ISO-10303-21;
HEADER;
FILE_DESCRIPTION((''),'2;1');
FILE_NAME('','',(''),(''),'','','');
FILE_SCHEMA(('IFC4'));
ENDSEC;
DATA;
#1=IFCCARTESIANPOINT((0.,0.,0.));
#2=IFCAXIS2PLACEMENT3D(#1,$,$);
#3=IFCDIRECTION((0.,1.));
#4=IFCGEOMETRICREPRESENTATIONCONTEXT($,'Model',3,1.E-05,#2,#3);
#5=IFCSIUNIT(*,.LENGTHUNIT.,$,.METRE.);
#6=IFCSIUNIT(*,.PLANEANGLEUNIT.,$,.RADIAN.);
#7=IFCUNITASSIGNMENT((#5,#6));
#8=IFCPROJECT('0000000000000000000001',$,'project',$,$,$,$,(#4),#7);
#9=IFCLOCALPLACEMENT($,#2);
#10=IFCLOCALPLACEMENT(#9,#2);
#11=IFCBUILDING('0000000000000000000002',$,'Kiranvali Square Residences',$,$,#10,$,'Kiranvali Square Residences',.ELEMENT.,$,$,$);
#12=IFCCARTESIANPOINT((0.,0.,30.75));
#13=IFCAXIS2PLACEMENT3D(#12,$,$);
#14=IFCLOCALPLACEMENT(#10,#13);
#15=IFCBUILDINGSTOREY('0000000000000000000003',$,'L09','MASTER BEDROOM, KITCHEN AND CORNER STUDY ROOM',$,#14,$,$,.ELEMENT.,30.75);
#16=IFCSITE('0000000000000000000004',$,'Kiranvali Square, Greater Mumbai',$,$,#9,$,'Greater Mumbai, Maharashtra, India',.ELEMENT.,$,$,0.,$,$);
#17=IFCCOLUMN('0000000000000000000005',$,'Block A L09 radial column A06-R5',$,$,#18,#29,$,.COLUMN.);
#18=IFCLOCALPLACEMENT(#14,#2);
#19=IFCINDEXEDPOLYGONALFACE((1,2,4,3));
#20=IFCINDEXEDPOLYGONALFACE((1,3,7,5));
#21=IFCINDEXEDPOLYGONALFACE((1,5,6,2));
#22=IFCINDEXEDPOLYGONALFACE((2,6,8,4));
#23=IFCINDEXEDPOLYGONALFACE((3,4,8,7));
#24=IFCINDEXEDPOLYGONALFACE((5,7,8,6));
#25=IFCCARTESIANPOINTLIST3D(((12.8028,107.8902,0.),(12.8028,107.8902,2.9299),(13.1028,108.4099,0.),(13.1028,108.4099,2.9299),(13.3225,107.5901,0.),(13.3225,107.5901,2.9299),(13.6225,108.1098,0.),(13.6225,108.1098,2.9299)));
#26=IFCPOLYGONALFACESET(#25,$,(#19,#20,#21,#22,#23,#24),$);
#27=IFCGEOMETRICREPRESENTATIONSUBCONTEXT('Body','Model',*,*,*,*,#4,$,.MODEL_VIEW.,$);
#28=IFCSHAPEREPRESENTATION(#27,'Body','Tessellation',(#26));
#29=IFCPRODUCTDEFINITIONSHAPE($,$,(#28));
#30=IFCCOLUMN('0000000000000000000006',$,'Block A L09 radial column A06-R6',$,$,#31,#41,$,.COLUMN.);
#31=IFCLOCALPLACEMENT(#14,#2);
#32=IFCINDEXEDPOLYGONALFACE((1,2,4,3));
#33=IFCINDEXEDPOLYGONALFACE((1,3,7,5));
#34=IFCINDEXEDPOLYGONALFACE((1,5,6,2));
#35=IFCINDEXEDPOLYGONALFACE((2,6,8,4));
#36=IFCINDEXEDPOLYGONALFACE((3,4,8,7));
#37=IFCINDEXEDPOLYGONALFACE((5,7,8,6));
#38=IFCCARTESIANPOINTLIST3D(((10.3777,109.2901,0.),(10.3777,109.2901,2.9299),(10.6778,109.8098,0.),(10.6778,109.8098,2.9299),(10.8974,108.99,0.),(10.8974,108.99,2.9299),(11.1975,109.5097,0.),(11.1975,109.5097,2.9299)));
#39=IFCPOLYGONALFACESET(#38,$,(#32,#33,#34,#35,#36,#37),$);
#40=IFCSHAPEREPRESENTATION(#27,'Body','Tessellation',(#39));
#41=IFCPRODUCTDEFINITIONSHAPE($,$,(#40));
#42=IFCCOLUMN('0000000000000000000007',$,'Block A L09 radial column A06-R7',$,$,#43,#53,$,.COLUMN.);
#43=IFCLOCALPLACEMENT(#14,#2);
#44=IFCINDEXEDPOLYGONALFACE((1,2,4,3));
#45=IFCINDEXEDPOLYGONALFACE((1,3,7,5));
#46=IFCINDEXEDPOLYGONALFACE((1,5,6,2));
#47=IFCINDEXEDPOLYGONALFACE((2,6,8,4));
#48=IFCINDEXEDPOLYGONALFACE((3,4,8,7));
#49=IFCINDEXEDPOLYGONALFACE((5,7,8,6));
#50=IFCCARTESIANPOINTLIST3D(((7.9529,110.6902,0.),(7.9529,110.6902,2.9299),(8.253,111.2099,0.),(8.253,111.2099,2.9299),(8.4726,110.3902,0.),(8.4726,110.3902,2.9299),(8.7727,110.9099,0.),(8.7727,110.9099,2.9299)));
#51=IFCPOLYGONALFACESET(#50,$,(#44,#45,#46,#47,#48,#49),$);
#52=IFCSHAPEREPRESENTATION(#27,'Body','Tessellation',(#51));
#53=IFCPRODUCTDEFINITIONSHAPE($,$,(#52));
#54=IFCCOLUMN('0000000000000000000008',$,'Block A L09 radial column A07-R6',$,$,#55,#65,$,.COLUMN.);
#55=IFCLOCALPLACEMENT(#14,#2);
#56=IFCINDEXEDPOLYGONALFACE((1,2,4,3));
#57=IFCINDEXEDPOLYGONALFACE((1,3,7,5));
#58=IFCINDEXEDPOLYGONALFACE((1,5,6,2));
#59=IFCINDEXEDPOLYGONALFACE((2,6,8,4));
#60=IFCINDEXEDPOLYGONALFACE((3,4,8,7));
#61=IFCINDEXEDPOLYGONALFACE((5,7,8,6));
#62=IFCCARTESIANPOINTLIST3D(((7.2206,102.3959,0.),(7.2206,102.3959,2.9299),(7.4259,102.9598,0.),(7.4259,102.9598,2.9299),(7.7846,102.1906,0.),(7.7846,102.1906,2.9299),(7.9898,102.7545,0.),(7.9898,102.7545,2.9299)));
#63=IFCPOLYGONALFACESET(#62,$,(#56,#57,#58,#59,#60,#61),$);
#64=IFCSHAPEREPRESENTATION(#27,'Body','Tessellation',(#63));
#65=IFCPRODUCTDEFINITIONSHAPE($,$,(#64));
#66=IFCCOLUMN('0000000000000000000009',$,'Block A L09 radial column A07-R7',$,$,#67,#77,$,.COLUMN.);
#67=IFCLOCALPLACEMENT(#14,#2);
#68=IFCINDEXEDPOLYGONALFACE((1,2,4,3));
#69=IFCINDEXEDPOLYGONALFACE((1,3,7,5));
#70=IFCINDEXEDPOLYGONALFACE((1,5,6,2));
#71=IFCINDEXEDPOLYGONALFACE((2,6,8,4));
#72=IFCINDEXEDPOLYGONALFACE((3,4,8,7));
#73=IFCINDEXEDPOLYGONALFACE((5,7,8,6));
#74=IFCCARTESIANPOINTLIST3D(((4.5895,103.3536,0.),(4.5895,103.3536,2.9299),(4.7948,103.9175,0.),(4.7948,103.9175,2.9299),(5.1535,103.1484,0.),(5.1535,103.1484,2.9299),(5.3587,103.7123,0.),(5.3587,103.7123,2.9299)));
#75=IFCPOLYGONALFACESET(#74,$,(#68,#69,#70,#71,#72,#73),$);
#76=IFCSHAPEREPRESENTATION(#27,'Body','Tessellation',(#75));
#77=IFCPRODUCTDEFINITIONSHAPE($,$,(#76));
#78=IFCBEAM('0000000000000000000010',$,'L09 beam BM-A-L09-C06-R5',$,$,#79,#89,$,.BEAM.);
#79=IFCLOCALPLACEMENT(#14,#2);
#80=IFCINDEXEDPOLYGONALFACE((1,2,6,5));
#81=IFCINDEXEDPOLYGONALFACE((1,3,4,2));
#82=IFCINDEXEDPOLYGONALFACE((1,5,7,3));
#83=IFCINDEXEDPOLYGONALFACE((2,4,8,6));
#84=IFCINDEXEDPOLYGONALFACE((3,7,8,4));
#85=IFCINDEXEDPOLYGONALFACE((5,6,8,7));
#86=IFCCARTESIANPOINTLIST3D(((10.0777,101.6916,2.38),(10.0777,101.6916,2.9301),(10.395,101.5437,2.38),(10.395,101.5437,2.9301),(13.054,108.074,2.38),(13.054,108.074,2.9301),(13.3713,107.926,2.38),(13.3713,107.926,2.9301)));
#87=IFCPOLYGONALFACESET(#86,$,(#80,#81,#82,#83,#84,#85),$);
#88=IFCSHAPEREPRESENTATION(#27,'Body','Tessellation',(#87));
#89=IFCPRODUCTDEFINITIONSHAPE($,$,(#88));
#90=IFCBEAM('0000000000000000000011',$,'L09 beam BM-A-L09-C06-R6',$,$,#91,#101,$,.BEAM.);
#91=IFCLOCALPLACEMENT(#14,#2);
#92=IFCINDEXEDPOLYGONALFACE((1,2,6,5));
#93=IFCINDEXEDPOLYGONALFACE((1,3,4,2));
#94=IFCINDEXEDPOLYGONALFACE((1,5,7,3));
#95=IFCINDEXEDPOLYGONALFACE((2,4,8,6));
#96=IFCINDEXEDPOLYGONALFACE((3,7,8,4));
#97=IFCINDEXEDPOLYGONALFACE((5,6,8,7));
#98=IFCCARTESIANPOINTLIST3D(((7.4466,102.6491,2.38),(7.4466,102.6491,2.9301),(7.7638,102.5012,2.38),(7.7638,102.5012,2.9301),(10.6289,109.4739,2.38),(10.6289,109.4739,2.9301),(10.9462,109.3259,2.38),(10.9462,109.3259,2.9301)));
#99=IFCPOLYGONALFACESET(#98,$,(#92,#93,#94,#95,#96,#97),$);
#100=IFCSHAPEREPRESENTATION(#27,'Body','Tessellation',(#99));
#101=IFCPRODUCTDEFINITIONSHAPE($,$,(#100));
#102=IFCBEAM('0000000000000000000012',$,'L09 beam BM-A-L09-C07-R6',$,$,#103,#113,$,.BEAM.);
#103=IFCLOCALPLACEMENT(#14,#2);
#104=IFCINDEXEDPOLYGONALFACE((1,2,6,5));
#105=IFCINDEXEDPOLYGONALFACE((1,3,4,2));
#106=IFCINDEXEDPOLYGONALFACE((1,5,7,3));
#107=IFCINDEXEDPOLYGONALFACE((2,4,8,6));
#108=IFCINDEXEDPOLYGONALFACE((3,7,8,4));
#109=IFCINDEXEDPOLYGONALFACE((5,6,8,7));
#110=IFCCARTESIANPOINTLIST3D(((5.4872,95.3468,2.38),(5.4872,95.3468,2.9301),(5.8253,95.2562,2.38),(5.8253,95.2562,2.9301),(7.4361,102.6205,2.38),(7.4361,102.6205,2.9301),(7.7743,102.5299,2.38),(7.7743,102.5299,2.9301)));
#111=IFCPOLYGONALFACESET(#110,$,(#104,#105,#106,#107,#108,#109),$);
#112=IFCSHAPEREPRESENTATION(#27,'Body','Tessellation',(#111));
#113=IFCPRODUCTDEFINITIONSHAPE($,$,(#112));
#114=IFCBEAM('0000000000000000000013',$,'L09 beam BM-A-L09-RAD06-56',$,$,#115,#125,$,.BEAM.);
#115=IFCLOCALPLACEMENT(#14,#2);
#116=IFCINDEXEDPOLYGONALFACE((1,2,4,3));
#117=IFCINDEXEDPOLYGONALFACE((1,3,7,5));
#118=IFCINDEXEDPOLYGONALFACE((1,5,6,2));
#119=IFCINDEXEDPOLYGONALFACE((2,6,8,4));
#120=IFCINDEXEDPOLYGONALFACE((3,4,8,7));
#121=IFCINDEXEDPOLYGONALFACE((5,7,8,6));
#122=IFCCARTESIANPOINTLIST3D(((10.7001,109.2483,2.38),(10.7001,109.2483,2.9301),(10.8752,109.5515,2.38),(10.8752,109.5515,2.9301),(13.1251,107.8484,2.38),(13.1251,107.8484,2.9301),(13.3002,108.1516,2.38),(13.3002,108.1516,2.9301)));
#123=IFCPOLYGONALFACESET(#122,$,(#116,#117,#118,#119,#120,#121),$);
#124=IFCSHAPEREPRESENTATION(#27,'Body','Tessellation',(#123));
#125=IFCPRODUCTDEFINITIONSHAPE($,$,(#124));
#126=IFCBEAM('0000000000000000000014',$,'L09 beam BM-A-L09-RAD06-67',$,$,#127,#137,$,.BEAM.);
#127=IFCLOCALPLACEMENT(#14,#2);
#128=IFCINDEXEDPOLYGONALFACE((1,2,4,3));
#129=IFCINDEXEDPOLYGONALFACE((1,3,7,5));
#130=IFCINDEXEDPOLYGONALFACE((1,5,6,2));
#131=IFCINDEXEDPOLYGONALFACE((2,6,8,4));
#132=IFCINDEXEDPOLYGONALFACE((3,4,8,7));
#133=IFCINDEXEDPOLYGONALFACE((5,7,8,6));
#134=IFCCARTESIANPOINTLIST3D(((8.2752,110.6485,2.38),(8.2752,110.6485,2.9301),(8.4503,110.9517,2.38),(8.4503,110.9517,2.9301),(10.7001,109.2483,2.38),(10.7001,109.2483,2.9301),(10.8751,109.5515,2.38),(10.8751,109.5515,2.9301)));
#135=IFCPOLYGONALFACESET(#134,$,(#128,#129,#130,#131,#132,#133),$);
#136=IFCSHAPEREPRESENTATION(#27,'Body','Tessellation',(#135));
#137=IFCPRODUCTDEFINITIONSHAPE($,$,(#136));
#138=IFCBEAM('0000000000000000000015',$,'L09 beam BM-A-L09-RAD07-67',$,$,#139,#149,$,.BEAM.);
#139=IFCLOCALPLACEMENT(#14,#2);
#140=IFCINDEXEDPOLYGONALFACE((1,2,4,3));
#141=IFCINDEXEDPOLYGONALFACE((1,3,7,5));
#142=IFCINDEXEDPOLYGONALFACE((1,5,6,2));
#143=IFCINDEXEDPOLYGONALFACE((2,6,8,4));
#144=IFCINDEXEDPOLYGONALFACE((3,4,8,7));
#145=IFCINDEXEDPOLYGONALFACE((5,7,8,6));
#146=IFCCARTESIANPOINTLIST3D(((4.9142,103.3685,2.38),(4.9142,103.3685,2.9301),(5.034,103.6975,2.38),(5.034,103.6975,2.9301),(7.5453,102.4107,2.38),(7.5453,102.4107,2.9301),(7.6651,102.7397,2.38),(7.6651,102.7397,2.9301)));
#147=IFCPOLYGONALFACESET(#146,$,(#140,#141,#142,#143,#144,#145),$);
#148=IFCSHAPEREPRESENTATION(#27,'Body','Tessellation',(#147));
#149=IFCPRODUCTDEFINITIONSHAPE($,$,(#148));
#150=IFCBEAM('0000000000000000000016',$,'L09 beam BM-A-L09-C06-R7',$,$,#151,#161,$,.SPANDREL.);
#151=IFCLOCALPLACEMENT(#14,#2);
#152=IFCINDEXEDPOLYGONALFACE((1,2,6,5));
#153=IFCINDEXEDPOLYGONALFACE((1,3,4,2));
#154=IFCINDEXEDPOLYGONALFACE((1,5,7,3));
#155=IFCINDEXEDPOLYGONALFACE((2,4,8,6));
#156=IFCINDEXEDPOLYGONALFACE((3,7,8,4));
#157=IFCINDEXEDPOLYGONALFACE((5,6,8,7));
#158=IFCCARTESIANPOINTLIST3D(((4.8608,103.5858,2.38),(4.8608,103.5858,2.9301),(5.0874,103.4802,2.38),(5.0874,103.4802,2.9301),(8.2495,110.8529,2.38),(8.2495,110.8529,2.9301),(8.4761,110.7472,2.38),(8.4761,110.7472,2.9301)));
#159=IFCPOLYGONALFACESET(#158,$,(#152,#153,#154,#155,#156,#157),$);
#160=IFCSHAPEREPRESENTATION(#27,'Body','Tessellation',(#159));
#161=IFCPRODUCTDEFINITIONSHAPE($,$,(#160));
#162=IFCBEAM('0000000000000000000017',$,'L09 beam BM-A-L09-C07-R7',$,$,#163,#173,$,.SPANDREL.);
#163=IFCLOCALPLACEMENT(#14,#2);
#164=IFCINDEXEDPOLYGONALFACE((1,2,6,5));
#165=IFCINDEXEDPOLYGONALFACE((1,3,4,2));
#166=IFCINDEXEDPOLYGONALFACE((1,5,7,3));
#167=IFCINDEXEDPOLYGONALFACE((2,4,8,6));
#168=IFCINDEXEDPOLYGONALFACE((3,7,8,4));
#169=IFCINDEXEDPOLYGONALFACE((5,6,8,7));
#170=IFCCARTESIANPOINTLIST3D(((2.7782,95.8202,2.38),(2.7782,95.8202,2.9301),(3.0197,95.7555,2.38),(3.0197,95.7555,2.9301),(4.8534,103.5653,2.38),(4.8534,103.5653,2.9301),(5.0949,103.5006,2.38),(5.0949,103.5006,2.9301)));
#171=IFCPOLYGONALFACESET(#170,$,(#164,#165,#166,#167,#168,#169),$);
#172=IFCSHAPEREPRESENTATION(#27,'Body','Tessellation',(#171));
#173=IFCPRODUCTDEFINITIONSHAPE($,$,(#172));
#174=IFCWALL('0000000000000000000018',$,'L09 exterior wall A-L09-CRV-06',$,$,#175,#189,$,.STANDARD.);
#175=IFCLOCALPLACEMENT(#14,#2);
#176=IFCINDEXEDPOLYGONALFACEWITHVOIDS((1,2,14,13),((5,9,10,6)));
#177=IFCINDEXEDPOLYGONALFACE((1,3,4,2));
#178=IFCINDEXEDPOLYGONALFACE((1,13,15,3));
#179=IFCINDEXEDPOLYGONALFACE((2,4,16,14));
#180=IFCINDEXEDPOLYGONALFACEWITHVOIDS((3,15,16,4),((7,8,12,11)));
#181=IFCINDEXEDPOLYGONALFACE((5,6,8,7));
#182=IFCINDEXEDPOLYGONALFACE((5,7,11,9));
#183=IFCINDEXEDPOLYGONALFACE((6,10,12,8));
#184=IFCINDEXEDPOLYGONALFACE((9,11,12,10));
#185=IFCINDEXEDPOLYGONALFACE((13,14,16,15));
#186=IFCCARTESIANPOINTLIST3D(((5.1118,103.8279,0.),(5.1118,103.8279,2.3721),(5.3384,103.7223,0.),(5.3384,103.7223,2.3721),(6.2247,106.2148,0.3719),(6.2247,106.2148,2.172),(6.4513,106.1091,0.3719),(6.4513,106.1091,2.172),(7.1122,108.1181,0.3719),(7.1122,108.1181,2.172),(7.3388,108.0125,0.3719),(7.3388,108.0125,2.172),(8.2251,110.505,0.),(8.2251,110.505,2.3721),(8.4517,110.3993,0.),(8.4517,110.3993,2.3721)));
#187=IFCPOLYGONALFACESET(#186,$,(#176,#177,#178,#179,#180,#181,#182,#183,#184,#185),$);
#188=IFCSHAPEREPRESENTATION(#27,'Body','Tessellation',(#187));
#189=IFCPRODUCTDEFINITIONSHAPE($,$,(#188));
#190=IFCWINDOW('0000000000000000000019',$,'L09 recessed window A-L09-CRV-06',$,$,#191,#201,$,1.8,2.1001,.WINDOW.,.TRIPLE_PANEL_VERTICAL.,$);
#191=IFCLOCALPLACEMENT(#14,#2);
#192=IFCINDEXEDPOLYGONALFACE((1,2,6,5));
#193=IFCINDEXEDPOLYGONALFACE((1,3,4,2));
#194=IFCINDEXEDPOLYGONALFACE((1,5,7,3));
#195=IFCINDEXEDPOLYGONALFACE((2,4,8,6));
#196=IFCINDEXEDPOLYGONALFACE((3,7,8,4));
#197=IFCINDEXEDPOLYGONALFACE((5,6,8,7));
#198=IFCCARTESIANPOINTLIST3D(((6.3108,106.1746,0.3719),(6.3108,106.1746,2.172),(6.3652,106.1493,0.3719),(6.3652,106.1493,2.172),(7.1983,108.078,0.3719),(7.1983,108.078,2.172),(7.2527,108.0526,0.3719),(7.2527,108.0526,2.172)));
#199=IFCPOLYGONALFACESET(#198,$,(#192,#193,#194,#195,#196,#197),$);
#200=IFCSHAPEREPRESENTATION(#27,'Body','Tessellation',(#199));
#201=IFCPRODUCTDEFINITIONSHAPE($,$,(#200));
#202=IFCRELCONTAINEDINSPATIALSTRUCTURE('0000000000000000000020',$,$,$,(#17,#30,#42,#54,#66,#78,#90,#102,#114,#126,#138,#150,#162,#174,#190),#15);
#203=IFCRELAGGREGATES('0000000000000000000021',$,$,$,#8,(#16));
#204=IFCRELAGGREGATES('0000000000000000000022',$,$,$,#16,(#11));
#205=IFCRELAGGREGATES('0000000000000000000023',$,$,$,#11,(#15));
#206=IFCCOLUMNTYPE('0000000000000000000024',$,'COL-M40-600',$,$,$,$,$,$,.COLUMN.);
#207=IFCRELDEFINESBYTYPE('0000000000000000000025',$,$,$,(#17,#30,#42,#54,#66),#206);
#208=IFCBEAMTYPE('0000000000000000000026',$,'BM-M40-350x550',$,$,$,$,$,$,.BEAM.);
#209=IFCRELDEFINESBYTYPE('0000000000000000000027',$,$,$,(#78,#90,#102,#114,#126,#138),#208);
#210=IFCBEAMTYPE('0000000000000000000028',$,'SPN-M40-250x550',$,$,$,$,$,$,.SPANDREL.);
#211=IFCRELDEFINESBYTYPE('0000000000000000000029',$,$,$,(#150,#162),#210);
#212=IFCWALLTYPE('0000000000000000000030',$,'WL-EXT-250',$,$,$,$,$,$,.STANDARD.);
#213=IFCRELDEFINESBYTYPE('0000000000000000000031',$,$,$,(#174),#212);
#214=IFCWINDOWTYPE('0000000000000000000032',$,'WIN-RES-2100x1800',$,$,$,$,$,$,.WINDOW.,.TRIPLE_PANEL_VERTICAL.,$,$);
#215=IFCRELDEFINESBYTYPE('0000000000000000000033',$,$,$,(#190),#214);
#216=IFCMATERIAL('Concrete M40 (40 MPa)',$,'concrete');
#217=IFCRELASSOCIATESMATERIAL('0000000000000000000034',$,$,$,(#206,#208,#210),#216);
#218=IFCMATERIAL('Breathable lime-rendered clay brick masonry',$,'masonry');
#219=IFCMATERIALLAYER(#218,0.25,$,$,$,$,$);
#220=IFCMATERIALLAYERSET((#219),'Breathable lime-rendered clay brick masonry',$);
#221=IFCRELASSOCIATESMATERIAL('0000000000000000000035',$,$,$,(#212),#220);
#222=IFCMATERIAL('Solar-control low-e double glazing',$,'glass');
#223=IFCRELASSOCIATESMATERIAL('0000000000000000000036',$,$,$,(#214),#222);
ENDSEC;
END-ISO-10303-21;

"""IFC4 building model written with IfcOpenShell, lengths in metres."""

from ifc_helpers import new_model, si_unit, direction, frame, frame_2d, origin, origin_2d, place, context, subcontext, project, spatial, rectangle, extrude, material, layer, layer_set, material_profile, profile_set, type_object, element, fill, save


model = new_model("IFC4")

# Units and contexts
model_context = context("Model", 3, precision=1e-05, world=origin(), true_north=direction((0.0, 1.0)))
body_context = subcontext(model_context, "Body", "Model", "MODEL_VIEW")
ifc_project = project(units=[si_unit("LENGTHUNIT", "METRE"), si_unit("PLANEANGLEUNIT", "RADIAN")], contexts=[model_context])

# Site, building, storey
site_placement = place(None, origin())
site = spatial("IfcSite", under=ifc_project, at=site_placement, Name="Kiranvali Square, Greater Mumbai", LongName="Greater Mumbai, Maharashtra, India", CompositionType="ELEMENT", RefElevation=0.0)
building_placement = place(site_placement, origin())
building = spatial("IfcBuilding", under=site, at=building_placement, Name="Kiranvali Square Residences", LongName="Kiranvali Square Residences", CompositionType="ELEMENT")
storey_placement = place(building_placement, frame((0.0, 0.0, 30.75)))
storey = spatial("IfcBuildingStorey", under=building, at=storey_placement, Name="L09", Description="MASTER BEDROOM, KITCHEN AND CORNER STUDY ROOM", CompositionType="ELEMENT", Elevation=30.75)

# Columns
ifc_material_1 = material(Name="Concrete M40 (40 MPa)", Category="concrete")
ifc_material_profile_1 = material_profile(ifc_material_1, rectangle(XDim=0.6001, YDim=0.6001, at=origin_2d()), Name="RC 600x600")
ifc_profile_set_1 = profile_set([ifc_material_profile_1], Name="Concrete M40 (40 MPa)")
column_type = type_object("IfcColumnType", Name="COL-M40-600", PredefinedType="COLUMN", material=ifc_profile_set_1)
for number, where, z_axis, x_axis, name in (
    (1, (13.2126, 108.0, 0.0), (0.0, 0.0, 1.0), (0.5, 0.866025, 0.0), "Block A L09 radial column A06-R5"),
    (2, (10.7876, 109.3999, 0.0), (0.0, 0.0, 1.0), (0.5, 0.866025, 0.0), "Block A L09 radial column A06-R6"),
    (3, (8.3628, 110.8, 0.0), (0.0, 0.0, 1.0), (0.5, 0.866025, 0.0), "Block A L09 radial column A06-R7"),
    (4, (7.6052, 102.5752, 0.0), (0.0, 0.0, 1.0), (0.34202, 0.939693, 0.0), "Block A L09 radial column A07-R6"),
    (5, (4.9741, 103.533, 0.0), (0.0, 0.0, 1.0), (0.34202, 0.939693, 0.0), "Block A L09 radial column A07-R7"),
):
    element("IfcColumn", number, at=place(storey_placement, frame(where, z_axis=z_axis, x_axis=x_axis)), inside=storey, type_object=column_type, Name=name, PredefinedType="COLUMN", context=body_context, shape_type="SweptSolid", body=[
        extrude(rectangle(XDim=0.6001, YDim=0.6001, at=origin_2d()), origin(), (0.0, 0.0, 1.0), 2.9299),
    ])

# Beams
ifc_material_profile_2 = material_profile(ifc_material_1, rectangle(XDim=0.3501, YDim=0.55, at=origin_2d()), Name="RC 350x550")
ifc_profile_set_2 = profile_set([ifc_material_profile_2], Name="Concrete M40 (40 MPa)")
beam_type_1 = type_object("IfcBeamType", Name="BM-M40-350x550", PredefinedType="BEAM", material=ifc_profile_set_2)
beam_placement = place(storey_placement, frame((13.2126, 108.0, 2.655), z_axis=(-0.422641, -0.906297, 0.0), x_axis=(0.906297, -0.422641, 0.0)))
element("IfcBeam", 6, at=beam_placement, inside=storey, type_object=beam_type_1, Name="L09 beam BM-A-L09-C06-R5", PredefinedType="BEAM", context=body_context, shape_type="SweptSolid", body=[
    extrude(rectangle(XDim=0.3501, YDim=0.55, at=origin_2d()), origin(), (0.0, 0.0, 1.0), 7.0422),
])
for number, where, z_axis, x_axis, name in (
    (7, (10.7876, 109.3999, 2.655), (-0.422614, -0.90631, 0.0), (0.90631, -0.422614, 0.0), "L09 beam BM-A-L09-C06-R6"),
    (8, (7.6052, 102.5752, 2.655), (-0.258819, -0.965926, 0.0), (0.965926, -0.258819, 0.0), "L09 beam BM-A-L09-C07-R6"),
):
    element("IfcBeam", number, at=place(storey_placement, frame(where, z_axis=z_axis, x_axis=x_axis)), inside=storey, type_object=beam_type_1, Name=name, PredefinedType="BEAM", context=body_context, shape_type="SweptSolid", body=[
        extrude(rectangle(XDim=0.3501, YDim=0.55, at=origin_2d()), origin(), (0.0, 0.0, 1.0), 7.5303),
    ])
for number, where, z_axis, x_axis, name in (
    (9, (13.2126, 108.0, 2.655), (-0.866056, 0.499946, 0.0), (-0.499946, -0.866056, 0.0), "L09 beam BM-A-L09-RAD06-56"),
    (10, (10.7876, 109.3999, 2.655), (-0.865997, 0.50005, 0.0), (-0.50005, -0.865997, 0.0), "L09 beam BM-A-L09-RAD06-67"),
    (11, (7.6052, 102.5752, 2.655), (-0.939679, 0.342058, 0.0), (-0.342058, -0.939679, 0.0), "L09 beam BM-A-L09-RAD07-67"),
):
    element("IfcBeam", number, at=place(storey_placement, frame(where, z_axis=z_axis, x_axis=x_axis)), inside=storey, type_object=beam_type_1, Name=name, PredefinedType="BEAM", context=body_context, shape_type="SweptSolid", body=[
        extrude(rectangle(XDim=0.3501, YDim=0.55, at=origin_2d()), origin(), (0.0, 0.0, 1.0), 2.8),
    ])
ifc_material_profile_3 = material_profile(ifc_material_1, rectangle(XDim=0.25, YDim=0.55, at=origin_2d()), Name="RC 250x550")
ifc_profile_set_3 = profile_set([ifc_material_profile_3], Name="Concrete M40 (40 MPa)")
beam_type_2 = type_object("IfcBeamType", Name="SPN-M40-250x550", PredefinedType="SPANDREL", material=ifc_profile_set_3)
for number, where, z_axis, x_axis, name in (
    (12, (8.3628, 110.8, 2.655), (-0.422615, -0.906309, 0.0), (0.906309, -0.422615, 0.0), "L09 beam BM-A-L09-C06-R7"),
    (13, (4.9741, 103.533, 2.655), (-0.258807, -0.965929, 0.0), (0.965929, -0.258807, 0.0), "L09 beam BM-A-L09-C07-R7"),
):
    element("IfcBeam", number, at=place(storey_placement, frame(where, z_axis=z_axis, x_axis=x_axis)), inside=storey, type_object=beam_type_2, Name=name, PredefinedType="SPANDREL", context=body_context, shape_type="SweptSolid", body=[
        extrude(rectangle(XDim=0.25, YDim=0.55, at=origin_2d()), origin(), (0.0, 0.0, 1.0), 8.0183),
    ])

# Wall, opening, window
ifc_material_2 = material(Name="Breathable lime-rendered clay brick masonry", Category="masonry")
ifc_layer = layer(ifc_material_2, 0.25)
ifc_layer_set = layer_set([ifc_layer], Name="Breathable lime-rendered clay brick masonry")
wall_type = type_object("IfcWallType", Name="WL-EXT-250", PredefinedType="STANDARD", material=ifc_layer_set)
wall_1_placement = place(storey_placement, frame((8.3384, 110.4521, 0.0), z_axis=(0.0, 0.0, 1.0), x_axis=(-0.42259, -0.906321, 0.0)))
wall_1 = element("IfcWall", 14, at=wall_1_placement, inside=storey, type_object=wall_type, Name="L09 exterior wall A-L09-CRV-06", PredefinedType="STANDARD", context=body_context, shape_type="SweptSolid", body=[
    extrude(rectangle(XDim=7.3672, YDim=0.25, at=frame_2d((3.6836, 0.0))), origin(), (0.0, 0.0, 1.0), 2.3721),
])
opening_1_placement = place(wall_1_placement, frame((2.6335, 0.0, 0.3721)))
opening_1 = element("IfcOpeningElement", 15, at=opening_1_placement, cuts=wall_1, PredefinedType="OPENING", context=body_context, shape_type="SweptSolid", body=[
    extrude(rectangle(XDim=2.1001, YDim=1.8, at=frame_2d((1.05, 0.8999))), frame((0.0, 0.135, 0.0), z_axis=(0.0, -1.0, 0.0), x_axis=(1.0, 0.0, 0.0)), (0.0, 0.0, 1.0), 0.27),
])
ifc_material_3 = material(Name="Solar-control low-e double glazing", Category="glass")
window_type_1 = type_object("IfcWindowType", Name="WIN-RES-2100x1800", PartitioningType="TRIPLE_PANEL_VERTICAL", PredefinedType="WINDOW", material=ifc_material_3)
window_1_placement = place(opening_1_placement, origin())
window_1 = element("IfcWindow", 16, at=window_1_placement, inside=storey, type_object=window_type_1, Name="L09 recessed window A-L09-CRV-06", OverallHeight=1.8, OverallWidth=2.1001, PartitioningType="TRIPLE_PANEL_VERTICAL", PredefinedType="WINDOW", context=body_context, shape_type="SweptSolid", body=[
    extrude(rectangle(XDim=2.1001, YDim=1.8, at=frame_2d((1.05, 0.8999))), frame((0.0, 0.03, 0.0), z_axis=(0.0, -1.0, 0.0), x_axis=(1.0, 0.0, 0.0)), (0.0, 0.0, 1.0), 0.0601),
])
fill(opening_1, window_1)

save(model, "model.ifc")
